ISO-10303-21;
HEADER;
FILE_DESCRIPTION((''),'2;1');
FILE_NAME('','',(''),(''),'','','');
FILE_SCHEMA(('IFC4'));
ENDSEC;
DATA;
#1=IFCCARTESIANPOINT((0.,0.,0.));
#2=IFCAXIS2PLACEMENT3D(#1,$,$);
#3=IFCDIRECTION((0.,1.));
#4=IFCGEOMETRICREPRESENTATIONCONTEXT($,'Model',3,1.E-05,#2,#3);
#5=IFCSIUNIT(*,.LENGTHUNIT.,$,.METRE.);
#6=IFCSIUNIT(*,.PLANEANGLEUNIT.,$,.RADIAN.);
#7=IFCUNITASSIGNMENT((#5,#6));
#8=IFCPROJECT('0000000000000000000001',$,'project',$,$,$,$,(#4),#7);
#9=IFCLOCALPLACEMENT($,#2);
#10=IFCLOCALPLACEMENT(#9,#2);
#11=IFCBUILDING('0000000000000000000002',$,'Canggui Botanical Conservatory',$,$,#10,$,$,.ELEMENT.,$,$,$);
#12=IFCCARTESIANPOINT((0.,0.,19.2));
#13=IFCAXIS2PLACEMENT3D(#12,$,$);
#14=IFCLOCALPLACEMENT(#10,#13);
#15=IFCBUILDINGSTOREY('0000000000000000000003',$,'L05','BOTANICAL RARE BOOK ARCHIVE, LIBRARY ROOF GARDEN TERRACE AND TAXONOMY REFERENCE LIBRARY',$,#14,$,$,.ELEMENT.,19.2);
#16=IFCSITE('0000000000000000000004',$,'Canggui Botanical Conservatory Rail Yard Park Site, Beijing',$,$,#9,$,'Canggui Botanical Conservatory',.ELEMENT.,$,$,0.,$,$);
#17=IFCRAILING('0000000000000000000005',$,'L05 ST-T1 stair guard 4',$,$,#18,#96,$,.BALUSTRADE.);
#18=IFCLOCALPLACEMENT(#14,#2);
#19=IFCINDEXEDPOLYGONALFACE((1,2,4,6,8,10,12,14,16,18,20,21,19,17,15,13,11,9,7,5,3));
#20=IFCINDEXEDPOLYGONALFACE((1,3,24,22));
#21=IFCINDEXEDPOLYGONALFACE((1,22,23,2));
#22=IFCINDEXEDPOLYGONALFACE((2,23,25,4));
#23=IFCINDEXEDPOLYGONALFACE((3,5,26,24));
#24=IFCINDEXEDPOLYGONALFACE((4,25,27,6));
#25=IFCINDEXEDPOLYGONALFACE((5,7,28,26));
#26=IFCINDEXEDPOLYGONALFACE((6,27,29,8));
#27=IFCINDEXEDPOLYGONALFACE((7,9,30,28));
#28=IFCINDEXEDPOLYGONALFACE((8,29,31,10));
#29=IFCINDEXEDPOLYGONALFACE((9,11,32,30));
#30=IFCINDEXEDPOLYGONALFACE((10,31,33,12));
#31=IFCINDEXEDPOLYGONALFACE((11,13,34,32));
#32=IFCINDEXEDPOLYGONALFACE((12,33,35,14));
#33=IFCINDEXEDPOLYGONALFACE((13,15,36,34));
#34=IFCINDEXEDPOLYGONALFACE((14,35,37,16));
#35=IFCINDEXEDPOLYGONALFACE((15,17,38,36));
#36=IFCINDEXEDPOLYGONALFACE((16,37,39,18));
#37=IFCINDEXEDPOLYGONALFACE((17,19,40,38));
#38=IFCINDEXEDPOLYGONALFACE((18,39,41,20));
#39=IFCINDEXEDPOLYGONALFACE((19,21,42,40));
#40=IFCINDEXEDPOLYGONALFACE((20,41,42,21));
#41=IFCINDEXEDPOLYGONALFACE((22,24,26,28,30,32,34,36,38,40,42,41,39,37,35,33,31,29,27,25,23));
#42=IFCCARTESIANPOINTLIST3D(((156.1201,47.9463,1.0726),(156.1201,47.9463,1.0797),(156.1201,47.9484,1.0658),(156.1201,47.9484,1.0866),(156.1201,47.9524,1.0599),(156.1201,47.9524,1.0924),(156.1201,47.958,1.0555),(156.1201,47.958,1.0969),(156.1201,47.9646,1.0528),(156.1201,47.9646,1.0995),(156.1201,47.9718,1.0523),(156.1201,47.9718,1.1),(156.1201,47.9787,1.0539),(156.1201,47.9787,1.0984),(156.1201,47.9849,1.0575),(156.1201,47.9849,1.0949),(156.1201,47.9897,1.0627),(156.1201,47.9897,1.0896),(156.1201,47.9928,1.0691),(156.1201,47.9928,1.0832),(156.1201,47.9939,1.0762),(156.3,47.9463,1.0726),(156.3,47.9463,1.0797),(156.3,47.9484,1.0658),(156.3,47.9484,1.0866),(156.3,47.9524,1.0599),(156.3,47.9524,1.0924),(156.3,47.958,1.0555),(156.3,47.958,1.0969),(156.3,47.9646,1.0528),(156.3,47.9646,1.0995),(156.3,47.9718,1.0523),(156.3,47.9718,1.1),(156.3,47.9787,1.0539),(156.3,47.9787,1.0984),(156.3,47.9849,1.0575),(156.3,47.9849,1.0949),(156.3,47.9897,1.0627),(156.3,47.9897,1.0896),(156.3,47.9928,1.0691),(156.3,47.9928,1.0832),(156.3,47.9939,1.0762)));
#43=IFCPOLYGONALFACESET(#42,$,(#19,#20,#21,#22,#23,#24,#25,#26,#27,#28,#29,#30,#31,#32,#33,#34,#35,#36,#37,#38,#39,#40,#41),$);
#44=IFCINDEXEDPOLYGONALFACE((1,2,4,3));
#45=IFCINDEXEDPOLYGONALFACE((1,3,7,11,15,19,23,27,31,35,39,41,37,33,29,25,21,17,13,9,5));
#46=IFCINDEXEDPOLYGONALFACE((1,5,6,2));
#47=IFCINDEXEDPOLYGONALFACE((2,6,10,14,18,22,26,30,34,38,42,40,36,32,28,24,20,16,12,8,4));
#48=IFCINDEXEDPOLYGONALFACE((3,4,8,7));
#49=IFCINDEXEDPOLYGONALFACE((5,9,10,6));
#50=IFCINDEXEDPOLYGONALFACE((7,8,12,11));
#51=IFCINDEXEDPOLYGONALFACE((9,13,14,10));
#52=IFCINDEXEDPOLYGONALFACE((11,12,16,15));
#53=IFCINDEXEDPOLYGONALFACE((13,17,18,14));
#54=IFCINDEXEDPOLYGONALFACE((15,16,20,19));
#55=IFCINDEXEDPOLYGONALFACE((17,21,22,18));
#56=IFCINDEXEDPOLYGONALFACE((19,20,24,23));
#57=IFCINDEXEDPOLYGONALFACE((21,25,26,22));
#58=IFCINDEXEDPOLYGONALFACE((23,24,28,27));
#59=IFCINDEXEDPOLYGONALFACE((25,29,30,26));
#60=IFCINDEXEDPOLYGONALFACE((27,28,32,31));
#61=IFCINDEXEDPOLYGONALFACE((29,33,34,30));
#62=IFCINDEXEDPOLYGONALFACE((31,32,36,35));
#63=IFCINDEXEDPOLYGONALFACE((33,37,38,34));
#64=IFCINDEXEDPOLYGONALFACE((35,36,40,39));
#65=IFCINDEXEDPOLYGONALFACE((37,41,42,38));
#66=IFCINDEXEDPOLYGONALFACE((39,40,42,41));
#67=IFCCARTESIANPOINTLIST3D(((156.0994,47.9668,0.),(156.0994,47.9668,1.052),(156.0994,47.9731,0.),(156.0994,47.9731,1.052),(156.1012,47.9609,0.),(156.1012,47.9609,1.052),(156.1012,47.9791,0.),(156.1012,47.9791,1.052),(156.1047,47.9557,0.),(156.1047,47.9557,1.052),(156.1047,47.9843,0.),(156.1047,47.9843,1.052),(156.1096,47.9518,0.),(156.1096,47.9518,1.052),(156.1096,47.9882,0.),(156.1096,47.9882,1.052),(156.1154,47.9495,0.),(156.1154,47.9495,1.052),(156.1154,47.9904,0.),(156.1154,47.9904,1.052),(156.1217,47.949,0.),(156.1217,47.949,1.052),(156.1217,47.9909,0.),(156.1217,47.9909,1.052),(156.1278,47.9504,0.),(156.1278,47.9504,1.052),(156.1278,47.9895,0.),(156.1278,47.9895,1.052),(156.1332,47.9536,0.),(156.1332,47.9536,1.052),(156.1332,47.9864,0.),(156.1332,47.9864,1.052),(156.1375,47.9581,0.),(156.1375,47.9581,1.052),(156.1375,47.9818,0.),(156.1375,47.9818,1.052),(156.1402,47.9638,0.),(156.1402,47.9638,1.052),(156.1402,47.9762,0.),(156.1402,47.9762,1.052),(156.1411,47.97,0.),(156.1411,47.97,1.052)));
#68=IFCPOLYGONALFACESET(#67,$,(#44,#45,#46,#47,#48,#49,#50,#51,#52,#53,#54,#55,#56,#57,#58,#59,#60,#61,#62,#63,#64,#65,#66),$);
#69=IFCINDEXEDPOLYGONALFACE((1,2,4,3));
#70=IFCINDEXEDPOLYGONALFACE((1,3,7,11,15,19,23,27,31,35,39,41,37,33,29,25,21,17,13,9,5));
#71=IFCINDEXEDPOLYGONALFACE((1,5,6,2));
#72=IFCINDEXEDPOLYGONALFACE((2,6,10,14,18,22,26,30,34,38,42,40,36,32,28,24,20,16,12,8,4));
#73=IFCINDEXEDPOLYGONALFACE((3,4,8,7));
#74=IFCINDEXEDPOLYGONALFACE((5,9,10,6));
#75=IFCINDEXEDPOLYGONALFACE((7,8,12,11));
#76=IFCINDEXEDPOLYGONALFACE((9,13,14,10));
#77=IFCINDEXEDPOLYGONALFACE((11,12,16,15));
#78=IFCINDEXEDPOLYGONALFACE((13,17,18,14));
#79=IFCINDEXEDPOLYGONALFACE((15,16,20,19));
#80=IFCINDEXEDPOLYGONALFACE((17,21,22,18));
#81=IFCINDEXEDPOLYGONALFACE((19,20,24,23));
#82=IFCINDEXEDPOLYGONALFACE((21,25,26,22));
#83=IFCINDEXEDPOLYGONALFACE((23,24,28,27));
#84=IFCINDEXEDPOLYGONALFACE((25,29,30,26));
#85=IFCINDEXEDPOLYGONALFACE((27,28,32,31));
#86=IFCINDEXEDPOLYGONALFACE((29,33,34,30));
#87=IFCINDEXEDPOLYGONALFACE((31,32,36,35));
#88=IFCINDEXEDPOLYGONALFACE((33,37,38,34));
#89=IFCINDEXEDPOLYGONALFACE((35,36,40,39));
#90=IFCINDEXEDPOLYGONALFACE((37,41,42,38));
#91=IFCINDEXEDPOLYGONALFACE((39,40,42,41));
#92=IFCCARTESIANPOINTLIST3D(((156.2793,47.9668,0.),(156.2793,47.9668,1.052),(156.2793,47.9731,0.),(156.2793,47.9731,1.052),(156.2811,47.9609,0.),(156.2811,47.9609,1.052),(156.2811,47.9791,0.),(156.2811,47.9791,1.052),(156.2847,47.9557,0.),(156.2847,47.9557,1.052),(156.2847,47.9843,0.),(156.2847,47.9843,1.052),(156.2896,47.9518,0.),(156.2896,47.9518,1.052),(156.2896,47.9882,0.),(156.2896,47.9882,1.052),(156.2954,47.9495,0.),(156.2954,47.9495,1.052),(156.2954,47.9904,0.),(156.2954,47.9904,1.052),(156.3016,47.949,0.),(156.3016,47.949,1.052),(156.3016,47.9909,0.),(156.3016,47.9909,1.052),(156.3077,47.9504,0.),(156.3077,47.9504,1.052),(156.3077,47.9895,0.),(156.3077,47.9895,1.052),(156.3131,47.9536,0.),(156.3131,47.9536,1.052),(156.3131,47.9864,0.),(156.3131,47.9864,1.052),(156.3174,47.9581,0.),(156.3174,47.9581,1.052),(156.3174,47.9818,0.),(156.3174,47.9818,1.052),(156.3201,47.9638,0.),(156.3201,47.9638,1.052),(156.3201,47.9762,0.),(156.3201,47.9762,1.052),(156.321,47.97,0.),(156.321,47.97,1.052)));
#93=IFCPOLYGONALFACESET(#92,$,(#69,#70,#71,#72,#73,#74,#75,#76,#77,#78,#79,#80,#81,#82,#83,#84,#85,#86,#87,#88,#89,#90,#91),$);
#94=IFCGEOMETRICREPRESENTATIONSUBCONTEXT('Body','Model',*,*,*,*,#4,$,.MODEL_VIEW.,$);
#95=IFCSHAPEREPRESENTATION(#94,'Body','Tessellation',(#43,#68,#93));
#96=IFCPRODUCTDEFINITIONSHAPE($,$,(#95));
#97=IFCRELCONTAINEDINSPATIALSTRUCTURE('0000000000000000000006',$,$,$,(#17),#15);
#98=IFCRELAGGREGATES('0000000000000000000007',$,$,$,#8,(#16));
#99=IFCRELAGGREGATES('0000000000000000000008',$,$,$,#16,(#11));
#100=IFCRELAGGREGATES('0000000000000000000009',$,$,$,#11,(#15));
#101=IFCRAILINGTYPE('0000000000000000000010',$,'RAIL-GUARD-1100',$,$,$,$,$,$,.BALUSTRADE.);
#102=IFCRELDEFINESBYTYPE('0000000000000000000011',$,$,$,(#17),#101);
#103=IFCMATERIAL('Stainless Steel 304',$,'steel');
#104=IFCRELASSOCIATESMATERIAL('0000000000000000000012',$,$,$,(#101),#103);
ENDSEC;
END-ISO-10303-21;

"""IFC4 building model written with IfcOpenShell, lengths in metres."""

from ifc_helpers import new_model, si_unit, direction, frame, origin, origin_2d, place, context, subcontext, project, spatial, circle, extrude, material, type_object, element, save


model = new_model("IFC4")

# Units and contexts
model_context = context("Model", 3, precision=1e-05, world=origin(), true_north=direction((0.0, 1.0)))
body_context = subcontext(model_context, "Body", "Model", "MODEL_VIEW")
ifc_project = project(units=[si_unit("LENGTHUNIT", "METRE"), si_unit("PLANEANGLEUNIT", "RADIAN")], contexts=[model_context])

# Site, building, storey
site_placement = place(None, origin())
site = spatial("IfcSite", under=ifc_project, at=site_placement, Name="Canggui Botanical Conservatory Rail Yard Park Site, Beijing", LongName="Canggui Botanical Conservatory", CompositionType="ELEMENT", RefElevation=0.0)
building_placement = place(site_placement, origin())
building = spatial("IfcBuilding", under=site, at=building_placement, Name="Canggui Botanical Conservatory", CompositionType="ELEMENT")
storey_placement = place(building_placement, frame((0.0, 0.0, 19.2)))
storey = spatial("IfcBuildingStorey", under=building, at=storey_placement, Name="L05", Description="BOTANICAL RARE BOOK ARCHIVE, LIBRARY ROOF GARDEN TERRACE AND TAXONOMY REFERENCE LIBRARY", CompositionType="ELEMENT", Elevation=19.2)

# Shared definitions
ifc_material_1 = material(Name="Stainless Steel 304", Category="steel")

# Railing
railing_type = type_object("IfcRailingType", Name="RAIL-GUARD-1100", PredefinedType="BALUSTRADE", material=ifc_material_1)
railing_1_placement = place(storey_placement, frame((156.1201, 47.97, 0.0)))
element("IfcRailing", 1, at=railing_1_placement, inside=storey, type_object=railing_type, Name="L05 ST-T1 stair guard 4", PredefinedType="BALUSTRADE", context=body_context, shape_type="SweptSolid", body=[
    extrude(circle(Radius=0.0239, at=origin_2d()), frame((0.0, 0.0, 1.0762), z_axis=(1.0, 0.0, 0.0), x_axis=(0.0, 1.0, 0.0)), (0.0, 0.0, 1.0), 0.1799),
    extrude(circle(Radius=0.021, at=origin_2d()), origin(), (0.0, 0.0, 1.0), 1.052),
    extrude(circle(Radius=0.021, at=origin_2d()), frame((0.1799, 0.0, 0.0)), (0.0, 0.0, 1.0), 1.052),
])

save(model, "model.ifc")
